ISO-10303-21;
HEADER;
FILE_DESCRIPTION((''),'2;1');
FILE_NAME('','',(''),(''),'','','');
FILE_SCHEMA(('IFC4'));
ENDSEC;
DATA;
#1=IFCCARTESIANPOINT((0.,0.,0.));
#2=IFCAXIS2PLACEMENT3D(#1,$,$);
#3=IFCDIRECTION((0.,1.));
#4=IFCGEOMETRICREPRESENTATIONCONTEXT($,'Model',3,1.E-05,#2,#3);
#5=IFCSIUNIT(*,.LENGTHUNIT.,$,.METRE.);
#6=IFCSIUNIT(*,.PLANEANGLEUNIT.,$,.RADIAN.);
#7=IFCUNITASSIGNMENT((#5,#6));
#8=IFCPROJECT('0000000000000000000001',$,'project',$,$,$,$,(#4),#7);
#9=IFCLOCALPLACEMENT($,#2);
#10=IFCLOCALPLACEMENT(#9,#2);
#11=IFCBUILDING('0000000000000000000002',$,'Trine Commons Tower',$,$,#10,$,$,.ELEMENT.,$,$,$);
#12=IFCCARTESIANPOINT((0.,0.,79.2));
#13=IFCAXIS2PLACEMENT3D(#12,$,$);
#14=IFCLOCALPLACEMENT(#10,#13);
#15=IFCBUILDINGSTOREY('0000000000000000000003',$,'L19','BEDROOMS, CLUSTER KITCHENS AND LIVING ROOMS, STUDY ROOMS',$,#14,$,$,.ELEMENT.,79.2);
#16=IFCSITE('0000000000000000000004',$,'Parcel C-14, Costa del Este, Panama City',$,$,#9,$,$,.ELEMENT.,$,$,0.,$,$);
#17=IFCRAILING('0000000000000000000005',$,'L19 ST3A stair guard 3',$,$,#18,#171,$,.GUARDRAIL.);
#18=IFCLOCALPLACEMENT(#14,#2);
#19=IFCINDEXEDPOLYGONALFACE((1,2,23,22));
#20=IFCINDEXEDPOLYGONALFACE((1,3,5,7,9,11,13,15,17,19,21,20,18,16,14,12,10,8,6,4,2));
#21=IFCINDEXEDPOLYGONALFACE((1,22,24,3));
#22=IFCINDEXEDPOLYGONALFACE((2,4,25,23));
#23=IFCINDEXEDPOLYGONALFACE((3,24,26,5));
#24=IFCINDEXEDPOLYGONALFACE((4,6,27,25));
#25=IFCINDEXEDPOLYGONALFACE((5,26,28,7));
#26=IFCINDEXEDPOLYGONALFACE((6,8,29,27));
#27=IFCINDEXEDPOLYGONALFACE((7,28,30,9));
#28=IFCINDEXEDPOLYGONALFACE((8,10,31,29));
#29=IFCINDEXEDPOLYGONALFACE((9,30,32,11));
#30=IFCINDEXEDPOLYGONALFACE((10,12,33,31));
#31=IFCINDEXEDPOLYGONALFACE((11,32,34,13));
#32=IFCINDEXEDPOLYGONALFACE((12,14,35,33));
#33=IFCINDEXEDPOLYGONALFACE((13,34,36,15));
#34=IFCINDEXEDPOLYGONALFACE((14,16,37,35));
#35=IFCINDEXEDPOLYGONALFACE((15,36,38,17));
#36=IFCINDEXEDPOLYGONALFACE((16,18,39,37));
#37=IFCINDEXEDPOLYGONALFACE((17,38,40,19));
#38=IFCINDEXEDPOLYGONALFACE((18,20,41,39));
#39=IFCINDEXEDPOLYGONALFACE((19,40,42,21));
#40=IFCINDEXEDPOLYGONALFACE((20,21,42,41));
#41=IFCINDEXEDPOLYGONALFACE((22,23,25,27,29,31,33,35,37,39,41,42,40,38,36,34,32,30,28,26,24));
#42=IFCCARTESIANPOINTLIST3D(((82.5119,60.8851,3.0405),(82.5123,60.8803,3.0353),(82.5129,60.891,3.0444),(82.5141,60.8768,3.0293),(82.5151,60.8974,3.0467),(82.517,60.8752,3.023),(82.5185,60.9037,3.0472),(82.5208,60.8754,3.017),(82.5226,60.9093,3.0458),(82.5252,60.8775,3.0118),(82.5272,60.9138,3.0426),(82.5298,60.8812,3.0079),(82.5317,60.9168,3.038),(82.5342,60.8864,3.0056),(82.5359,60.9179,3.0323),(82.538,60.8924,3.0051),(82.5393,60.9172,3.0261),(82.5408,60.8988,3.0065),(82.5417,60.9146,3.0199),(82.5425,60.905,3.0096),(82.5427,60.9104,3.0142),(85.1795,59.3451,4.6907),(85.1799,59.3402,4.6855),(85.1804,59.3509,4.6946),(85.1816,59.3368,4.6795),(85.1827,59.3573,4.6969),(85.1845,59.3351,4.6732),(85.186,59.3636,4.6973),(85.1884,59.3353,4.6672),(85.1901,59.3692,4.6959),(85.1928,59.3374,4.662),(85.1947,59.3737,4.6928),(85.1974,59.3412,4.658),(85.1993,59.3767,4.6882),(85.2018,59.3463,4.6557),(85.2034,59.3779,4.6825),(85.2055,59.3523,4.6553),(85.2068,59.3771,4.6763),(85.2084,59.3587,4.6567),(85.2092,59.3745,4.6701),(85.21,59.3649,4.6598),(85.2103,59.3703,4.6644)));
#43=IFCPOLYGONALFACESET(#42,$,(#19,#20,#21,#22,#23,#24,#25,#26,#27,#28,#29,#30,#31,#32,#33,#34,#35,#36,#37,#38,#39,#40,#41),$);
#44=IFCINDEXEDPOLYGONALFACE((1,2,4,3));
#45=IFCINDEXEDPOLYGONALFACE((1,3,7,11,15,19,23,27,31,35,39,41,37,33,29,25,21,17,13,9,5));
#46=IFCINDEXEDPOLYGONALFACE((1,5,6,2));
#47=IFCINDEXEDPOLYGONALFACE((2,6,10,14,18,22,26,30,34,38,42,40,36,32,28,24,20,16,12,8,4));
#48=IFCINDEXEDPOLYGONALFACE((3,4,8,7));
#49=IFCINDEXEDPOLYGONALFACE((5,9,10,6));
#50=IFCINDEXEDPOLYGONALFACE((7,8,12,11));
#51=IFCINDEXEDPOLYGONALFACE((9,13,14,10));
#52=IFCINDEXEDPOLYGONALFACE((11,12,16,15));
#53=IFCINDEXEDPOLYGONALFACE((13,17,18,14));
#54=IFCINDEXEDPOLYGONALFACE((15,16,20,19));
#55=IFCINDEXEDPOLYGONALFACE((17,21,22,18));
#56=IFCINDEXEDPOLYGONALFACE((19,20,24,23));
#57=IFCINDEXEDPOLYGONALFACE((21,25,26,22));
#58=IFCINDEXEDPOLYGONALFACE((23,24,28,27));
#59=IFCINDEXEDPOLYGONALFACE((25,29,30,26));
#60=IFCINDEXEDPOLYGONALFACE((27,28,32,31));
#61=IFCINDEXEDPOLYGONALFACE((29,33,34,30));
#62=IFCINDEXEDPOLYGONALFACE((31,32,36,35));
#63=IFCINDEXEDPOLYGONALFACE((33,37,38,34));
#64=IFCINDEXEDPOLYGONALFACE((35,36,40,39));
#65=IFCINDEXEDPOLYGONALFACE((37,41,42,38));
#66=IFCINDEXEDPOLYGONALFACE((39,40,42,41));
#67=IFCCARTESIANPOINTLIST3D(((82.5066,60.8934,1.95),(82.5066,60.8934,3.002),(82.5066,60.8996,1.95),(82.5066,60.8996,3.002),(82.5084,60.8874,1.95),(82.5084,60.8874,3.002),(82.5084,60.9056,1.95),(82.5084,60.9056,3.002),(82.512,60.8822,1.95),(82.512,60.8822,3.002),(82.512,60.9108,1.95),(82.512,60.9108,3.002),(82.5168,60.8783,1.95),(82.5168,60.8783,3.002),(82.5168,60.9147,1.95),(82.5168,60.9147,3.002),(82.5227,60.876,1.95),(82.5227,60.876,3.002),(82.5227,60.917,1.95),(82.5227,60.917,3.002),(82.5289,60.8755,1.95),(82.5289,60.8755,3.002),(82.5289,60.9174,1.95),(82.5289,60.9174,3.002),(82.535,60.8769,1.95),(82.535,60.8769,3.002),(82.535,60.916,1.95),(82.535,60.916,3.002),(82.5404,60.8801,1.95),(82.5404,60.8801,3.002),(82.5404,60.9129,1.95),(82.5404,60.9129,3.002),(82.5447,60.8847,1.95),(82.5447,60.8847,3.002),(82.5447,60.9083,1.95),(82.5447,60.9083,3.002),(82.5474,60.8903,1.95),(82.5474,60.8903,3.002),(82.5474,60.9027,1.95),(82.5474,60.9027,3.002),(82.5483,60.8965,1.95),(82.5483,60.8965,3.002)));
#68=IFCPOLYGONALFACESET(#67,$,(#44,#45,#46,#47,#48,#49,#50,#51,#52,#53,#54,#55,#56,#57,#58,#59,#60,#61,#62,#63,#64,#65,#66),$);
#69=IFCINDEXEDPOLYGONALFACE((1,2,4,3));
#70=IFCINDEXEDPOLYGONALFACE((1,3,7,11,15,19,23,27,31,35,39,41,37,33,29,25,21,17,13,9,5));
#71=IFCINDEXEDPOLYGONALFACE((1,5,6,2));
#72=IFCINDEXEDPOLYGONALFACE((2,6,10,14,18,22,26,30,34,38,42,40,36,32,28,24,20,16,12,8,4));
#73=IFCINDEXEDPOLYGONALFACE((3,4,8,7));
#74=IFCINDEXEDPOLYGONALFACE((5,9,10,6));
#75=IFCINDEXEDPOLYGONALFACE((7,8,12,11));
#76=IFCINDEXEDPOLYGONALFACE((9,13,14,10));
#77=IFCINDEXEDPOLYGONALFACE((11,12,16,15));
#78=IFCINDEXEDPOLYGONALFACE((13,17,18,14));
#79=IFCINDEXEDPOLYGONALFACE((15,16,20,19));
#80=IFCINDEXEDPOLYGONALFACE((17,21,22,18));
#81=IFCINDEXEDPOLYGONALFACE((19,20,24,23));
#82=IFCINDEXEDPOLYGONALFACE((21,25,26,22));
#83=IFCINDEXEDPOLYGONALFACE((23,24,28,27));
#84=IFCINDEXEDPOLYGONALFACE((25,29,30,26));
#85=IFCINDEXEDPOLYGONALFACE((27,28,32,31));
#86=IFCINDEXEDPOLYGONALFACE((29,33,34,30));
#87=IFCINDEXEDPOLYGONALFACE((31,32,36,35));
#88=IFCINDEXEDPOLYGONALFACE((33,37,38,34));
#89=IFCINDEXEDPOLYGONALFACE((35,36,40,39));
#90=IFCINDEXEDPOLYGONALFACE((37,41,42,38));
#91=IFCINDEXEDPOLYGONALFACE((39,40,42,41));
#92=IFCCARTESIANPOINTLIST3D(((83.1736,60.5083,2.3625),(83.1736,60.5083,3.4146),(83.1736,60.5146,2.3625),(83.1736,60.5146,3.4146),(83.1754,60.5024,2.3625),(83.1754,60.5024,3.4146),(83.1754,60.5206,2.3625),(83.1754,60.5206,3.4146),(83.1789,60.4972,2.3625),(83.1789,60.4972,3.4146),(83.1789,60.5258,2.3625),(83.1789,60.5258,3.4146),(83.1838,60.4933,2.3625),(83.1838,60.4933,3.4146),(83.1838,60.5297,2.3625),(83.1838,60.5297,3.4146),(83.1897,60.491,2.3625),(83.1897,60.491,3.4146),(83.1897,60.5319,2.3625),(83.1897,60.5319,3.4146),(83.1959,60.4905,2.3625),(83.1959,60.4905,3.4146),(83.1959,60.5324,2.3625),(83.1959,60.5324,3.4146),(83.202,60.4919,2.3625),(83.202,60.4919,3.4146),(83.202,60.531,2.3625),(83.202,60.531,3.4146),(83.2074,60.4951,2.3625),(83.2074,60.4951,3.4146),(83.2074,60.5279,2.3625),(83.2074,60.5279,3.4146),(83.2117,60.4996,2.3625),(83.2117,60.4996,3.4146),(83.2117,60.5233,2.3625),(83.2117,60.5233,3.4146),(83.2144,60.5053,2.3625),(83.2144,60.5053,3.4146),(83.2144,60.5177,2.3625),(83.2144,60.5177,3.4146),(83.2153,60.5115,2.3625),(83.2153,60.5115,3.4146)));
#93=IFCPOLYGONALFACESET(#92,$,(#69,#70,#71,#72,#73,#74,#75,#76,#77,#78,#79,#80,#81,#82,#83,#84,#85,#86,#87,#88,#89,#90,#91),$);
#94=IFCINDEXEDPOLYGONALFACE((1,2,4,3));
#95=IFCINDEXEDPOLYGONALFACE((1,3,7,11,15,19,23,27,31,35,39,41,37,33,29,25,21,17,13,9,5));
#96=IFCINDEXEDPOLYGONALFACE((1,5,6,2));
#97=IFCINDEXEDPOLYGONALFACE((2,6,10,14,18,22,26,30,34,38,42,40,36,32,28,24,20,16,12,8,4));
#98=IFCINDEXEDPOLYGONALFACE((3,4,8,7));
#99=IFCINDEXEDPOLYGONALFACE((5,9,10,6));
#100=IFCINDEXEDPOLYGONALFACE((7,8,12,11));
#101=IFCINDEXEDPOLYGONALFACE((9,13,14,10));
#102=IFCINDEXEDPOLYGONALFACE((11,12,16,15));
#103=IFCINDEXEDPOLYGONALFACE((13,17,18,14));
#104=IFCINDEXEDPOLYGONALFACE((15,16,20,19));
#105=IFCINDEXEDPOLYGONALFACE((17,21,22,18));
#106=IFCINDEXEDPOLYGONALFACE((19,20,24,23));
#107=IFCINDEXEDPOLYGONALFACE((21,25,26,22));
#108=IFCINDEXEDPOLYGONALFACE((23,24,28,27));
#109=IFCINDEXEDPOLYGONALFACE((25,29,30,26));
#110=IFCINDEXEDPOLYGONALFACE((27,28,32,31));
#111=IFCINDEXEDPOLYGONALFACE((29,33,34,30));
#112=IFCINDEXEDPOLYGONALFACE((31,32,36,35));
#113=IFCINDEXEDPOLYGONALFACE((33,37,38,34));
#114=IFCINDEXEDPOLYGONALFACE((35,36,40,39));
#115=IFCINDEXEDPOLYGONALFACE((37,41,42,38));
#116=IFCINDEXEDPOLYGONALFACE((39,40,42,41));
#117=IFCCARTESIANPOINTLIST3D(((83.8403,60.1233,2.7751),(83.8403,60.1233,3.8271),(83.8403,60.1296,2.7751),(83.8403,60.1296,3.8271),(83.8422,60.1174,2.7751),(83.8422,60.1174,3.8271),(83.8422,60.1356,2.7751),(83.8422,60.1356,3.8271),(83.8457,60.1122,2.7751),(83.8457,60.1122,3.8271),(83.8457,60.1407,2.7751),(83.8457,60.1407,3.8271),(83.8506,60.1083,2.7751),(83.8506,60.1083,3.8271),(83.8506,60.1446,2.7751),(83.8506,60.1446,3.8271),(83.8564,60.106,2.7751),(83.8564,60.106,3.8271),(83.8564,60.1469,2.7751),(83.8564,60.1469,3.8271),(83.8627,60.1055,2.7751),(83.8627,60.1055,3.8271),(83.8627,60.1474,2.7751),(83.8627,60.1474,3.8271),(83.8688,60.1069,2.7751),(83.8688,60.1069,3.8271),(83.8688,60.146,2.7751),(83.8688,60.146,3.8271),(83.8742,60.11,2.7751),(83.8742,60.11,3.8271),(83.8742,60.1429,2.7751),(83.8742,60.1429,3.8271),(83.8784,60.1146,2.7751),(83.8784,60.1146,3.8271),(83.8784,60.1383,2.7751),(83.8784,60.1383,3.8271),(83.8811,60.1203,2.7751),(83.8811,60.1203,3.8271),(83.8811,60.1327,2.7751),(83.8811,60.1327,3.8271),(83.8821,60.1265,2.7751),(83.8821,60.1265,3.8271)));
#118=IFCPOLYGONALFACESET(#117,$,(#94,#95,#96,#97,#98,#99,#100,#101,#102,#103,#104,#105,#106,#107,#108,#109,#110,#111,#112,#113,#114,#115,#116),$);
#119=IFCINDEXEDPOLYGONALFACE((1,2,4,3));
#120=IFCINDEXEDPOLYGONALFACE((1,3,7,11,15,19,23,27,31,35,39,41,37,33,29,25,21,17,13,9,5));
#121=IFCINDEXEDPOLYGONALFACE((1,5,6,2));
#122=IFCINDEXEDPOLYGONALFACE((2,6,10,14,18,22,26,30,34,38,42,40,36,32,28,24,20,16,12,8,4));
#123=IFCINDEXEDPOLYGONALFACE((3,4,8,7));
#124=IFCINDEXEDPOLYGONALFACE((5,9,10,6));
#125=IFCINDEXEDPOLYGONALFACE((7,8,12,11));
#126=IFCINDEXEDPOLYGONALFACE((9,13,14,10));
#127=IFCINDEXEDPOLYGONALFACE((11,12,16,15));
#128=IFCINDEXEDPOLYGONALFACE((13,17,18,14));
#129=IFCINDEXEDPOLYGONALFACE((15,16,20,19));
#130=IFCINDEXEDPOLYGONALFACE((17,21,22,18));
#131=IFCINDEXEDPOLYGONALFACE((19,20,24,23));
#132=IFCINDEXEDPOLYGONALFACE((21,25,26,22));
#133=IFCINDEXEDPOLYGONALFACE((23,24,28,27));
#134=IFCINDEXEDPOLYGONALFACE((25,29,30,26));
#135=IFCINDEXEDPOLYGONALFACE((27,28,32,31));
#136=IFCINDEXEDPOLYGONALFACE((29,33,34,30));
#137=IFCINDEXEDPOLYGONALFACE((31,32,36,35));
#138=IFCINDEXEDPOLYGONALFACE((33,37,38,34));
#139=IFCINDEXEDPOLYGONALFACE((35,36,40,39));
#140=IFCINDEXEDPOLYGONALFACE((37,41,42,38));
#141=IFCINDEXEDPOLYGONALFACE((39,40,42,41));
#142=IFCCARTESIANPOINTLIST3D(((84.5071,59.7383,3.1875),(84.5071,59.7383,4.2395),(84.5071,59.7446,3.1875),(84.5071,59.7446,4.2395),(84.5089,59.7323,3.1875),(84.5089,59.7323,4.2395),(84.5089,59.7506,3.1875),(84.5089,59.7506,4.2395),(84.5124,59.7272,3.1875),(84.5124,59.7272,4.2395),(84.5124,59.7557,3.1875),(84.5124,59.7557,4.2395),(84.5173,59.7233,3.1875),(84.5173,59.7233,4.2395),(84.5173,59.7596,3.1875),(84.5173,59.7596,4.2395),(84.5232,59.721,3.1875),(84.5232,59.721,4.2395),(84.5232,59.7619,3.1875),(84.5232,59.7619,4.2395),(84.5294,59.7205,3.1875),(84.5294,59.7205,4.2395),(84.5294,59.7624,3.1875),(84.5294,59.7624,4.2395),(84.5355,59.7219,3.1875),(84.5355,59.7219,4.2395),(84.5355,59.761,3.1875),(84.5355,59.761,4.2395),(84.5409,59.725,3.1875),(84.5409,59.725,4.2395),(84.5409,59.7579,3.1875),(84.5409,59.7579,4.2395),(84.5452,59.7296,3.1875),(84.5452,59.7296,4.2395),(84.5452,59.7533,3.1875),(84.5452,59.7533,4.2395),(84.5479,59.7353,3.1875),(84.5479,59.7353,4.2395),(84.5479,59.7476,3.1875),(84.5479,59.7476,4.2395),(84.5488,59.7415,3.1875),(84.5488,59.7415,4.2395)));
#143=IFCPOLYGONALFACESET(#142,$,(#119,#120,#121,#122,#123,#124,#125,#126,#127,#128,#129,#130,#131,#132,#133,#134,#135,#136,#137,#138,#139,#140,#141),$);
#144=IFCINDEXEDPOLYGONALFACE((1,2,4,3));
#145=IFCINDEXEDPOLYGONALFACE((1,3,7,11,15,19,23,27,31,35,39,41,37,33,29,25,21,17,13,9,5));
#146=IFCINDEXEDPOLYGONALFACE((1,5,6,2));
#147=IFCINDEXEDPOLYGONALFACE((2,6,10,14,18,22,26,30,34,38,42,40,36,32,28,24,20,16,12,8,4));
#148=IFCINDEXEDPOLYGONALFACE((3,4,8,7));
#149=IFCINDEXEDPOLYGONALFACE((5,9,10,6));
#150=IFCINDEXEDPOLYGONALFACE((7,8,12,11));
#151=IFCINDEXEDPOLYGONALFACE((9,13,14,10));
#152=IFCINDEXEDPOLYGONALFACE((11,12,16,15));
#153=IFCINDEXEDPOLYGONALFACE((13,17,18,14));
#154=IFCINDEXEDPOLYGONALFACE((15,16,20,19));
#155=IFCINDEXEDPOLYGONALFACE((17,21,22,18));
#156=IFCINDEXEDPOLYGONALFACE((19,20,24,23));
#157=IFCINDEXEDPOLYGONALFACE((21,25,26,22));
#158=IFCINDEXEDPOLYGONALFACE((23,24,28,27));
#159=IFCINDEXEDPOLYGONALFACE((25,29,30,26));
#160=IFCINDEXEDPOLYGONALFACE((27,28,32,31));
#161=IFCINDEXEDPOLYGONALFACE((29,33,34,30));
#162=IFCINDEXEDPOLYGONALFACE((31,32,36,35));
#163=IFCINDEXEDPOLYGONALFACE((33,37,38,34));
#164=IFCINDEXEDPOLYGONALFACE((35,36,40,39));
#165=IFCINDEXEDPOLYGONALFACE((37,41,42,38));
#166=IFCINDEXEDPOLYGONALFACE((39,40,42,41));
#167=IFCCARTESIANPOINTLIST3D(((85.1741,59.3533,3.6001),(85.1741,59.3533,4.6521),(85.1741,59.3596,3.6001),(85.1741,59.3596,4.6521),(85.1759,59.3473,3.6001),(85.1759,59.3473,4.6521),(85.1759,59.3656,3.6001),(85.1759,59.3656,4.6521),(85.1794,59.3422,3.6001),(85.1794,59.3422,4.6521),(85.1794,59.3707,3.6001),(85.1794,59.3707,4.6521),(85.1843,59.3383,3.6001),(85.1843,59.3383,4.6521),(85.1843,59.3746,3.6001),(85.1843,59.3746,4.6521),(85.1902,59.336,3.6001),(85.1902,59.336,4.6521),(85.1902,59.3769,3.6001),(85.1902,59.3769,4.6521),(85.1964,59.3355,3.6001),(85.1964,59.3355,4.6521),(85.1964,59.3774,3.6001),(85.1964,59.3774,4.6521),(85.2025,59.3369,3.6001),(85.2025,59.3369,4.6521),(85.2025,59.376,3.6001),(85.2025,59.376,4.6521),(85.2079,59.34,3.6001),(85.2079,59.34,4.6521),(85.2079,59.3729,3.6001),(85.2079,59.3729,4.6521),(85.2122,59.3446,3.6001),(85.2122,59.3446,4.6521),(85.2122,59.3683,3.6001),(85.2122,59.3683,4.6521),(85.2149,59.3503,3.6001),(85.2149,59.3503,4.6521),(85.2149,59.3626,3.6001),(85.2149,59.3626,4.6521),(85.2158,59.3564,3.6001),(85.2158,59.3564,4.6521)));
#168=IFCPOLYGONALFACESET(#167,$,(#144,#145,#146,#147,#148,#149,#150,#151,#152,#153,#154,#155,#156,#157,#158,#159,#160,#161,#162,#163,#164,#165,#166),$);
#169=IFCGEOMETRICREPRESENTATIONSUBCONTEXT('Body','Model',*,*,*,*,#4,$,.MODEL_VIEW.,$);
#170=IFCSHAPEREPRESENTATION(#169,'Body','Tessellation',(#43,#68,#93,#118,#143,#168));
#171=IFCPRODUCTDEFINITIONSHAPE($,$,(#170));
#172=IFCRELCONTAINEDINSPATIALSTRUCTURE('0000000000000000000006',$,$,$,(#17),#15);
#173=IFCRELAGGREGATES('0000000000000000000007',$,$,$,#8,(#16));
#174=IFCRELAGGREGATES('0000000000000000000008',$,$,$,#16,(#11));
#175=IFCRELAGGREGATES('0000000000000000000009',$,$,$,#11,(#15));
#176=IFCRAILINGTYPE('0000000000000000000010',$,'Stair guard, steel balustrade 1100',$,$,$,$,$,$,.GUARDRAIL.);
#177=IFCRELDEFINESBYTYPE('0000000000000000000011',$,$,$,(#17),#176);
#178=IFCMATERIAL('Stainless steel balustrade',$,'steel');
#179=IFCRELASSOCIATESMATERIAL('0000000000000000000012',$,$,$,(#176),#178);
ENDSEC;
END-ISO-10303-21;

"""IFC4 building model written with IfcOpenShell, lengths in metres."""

from ifc_helpers import new_model, si_unit, direction, frame, origin, origin_2d, place, context, subcontext, project, spatial, circle, extrude, material, type_object, element, save


model = new_model("IFC4")

# Units and contexts
model_context = context("Model", 3, precision=1e-05, world=origin(), true_north=direction((0.0, 1.0)))
body_context = subcontext(model_context, "Body", "Model", "MODEL_VIEW")
ifc_project = project(units=[si_unit("LENGTHUNIT", "METRE"), si_unit("PLANEANGLEUNIT", "RADIAN")], contexts=[model_context])

# Site, building, storey
site_placement = place(None, origin())
site = spatial("IfcSite", under=ifc_project, at=site_placement, Name="Parcel C-14, Costa del Este, Panama City", CompositionType="ELEMENT", RefElevation=0.0)
building_placement = place(site_placement, origin())
building = spatial("IfcBuilding", under=site, at=building_placement, Name="Trine Commons Tower", CompositionType="ELEMENT")
storey_placement = place(building_placement, frame((0.0, 0.0, 79.2)))
storey = spatial("IfcBuildingStorey", under=building, at=storey_placement, Name="L19", Description="BEDROOMS, CLUSTER KITCHENS AND LIVING ROOMS, STUDY ROOMS", CompositionType="ELEMENT", Elevation=79.2)

# Railing
ifc_material_1 = material(Name="Stainless steel balustrade", Category="steel")
railing_type_1 = type_object("IfcRailingType", Name="Stair guard, steel balustrade 1100", PredefinedType="GUARDRAIL", material=ifc_material_1)
railing_1_placement = place(storey_placement, frame((82.5273, 60.8965, 1.95)))
element("IfcRailing", 1, at=railing_1_placement, inside=storey, type_object=railing_type_1, Name="L19 ST3A stair guard 3", PredefinedType="GUARDRAIL", context=body_context, shape_type="SweptSolid", body=[
    extrude(circle(Radius=0.0239, at=origin_2d()), frame((0.0, 0.0, 1.0762), z_axis=(0.76338, -0.440728, 0.472239), x_axis=(0.499992, 0.86603, 0.0)), (0.0, 0.0, 1.0), 3.4944),
    extrude(circle(Radius=0.021, at=origin_2d()), origin(), (0.0, 0.0, 1.0), 1.052),
    extrude(circle(Radius=0.021, at=origin_2d()), frame((0.667, -0.385, 0.4126)), (0.0, 0.0, 1.0), 1.052),
    extrude(circle(Radius=0.021, at=origin_2d()), frame((1.3337, -0.77, 0.8252)), (0.0, 0.0, 1.0), 1.052),
    extrude(circle(Radius=0.021, at=origin_2d()), frame((2.0005, -1.155, 1.2375)), (0.0, 0.0, 1.0), 1.052),
    extrude(circle(Radius=0.021, at=origin_2d()), frame((2.6675, -1.54, 1.6501)), (0.0, 0.0, 1.0), 1.052),
])

save(model, "model.ifc")
